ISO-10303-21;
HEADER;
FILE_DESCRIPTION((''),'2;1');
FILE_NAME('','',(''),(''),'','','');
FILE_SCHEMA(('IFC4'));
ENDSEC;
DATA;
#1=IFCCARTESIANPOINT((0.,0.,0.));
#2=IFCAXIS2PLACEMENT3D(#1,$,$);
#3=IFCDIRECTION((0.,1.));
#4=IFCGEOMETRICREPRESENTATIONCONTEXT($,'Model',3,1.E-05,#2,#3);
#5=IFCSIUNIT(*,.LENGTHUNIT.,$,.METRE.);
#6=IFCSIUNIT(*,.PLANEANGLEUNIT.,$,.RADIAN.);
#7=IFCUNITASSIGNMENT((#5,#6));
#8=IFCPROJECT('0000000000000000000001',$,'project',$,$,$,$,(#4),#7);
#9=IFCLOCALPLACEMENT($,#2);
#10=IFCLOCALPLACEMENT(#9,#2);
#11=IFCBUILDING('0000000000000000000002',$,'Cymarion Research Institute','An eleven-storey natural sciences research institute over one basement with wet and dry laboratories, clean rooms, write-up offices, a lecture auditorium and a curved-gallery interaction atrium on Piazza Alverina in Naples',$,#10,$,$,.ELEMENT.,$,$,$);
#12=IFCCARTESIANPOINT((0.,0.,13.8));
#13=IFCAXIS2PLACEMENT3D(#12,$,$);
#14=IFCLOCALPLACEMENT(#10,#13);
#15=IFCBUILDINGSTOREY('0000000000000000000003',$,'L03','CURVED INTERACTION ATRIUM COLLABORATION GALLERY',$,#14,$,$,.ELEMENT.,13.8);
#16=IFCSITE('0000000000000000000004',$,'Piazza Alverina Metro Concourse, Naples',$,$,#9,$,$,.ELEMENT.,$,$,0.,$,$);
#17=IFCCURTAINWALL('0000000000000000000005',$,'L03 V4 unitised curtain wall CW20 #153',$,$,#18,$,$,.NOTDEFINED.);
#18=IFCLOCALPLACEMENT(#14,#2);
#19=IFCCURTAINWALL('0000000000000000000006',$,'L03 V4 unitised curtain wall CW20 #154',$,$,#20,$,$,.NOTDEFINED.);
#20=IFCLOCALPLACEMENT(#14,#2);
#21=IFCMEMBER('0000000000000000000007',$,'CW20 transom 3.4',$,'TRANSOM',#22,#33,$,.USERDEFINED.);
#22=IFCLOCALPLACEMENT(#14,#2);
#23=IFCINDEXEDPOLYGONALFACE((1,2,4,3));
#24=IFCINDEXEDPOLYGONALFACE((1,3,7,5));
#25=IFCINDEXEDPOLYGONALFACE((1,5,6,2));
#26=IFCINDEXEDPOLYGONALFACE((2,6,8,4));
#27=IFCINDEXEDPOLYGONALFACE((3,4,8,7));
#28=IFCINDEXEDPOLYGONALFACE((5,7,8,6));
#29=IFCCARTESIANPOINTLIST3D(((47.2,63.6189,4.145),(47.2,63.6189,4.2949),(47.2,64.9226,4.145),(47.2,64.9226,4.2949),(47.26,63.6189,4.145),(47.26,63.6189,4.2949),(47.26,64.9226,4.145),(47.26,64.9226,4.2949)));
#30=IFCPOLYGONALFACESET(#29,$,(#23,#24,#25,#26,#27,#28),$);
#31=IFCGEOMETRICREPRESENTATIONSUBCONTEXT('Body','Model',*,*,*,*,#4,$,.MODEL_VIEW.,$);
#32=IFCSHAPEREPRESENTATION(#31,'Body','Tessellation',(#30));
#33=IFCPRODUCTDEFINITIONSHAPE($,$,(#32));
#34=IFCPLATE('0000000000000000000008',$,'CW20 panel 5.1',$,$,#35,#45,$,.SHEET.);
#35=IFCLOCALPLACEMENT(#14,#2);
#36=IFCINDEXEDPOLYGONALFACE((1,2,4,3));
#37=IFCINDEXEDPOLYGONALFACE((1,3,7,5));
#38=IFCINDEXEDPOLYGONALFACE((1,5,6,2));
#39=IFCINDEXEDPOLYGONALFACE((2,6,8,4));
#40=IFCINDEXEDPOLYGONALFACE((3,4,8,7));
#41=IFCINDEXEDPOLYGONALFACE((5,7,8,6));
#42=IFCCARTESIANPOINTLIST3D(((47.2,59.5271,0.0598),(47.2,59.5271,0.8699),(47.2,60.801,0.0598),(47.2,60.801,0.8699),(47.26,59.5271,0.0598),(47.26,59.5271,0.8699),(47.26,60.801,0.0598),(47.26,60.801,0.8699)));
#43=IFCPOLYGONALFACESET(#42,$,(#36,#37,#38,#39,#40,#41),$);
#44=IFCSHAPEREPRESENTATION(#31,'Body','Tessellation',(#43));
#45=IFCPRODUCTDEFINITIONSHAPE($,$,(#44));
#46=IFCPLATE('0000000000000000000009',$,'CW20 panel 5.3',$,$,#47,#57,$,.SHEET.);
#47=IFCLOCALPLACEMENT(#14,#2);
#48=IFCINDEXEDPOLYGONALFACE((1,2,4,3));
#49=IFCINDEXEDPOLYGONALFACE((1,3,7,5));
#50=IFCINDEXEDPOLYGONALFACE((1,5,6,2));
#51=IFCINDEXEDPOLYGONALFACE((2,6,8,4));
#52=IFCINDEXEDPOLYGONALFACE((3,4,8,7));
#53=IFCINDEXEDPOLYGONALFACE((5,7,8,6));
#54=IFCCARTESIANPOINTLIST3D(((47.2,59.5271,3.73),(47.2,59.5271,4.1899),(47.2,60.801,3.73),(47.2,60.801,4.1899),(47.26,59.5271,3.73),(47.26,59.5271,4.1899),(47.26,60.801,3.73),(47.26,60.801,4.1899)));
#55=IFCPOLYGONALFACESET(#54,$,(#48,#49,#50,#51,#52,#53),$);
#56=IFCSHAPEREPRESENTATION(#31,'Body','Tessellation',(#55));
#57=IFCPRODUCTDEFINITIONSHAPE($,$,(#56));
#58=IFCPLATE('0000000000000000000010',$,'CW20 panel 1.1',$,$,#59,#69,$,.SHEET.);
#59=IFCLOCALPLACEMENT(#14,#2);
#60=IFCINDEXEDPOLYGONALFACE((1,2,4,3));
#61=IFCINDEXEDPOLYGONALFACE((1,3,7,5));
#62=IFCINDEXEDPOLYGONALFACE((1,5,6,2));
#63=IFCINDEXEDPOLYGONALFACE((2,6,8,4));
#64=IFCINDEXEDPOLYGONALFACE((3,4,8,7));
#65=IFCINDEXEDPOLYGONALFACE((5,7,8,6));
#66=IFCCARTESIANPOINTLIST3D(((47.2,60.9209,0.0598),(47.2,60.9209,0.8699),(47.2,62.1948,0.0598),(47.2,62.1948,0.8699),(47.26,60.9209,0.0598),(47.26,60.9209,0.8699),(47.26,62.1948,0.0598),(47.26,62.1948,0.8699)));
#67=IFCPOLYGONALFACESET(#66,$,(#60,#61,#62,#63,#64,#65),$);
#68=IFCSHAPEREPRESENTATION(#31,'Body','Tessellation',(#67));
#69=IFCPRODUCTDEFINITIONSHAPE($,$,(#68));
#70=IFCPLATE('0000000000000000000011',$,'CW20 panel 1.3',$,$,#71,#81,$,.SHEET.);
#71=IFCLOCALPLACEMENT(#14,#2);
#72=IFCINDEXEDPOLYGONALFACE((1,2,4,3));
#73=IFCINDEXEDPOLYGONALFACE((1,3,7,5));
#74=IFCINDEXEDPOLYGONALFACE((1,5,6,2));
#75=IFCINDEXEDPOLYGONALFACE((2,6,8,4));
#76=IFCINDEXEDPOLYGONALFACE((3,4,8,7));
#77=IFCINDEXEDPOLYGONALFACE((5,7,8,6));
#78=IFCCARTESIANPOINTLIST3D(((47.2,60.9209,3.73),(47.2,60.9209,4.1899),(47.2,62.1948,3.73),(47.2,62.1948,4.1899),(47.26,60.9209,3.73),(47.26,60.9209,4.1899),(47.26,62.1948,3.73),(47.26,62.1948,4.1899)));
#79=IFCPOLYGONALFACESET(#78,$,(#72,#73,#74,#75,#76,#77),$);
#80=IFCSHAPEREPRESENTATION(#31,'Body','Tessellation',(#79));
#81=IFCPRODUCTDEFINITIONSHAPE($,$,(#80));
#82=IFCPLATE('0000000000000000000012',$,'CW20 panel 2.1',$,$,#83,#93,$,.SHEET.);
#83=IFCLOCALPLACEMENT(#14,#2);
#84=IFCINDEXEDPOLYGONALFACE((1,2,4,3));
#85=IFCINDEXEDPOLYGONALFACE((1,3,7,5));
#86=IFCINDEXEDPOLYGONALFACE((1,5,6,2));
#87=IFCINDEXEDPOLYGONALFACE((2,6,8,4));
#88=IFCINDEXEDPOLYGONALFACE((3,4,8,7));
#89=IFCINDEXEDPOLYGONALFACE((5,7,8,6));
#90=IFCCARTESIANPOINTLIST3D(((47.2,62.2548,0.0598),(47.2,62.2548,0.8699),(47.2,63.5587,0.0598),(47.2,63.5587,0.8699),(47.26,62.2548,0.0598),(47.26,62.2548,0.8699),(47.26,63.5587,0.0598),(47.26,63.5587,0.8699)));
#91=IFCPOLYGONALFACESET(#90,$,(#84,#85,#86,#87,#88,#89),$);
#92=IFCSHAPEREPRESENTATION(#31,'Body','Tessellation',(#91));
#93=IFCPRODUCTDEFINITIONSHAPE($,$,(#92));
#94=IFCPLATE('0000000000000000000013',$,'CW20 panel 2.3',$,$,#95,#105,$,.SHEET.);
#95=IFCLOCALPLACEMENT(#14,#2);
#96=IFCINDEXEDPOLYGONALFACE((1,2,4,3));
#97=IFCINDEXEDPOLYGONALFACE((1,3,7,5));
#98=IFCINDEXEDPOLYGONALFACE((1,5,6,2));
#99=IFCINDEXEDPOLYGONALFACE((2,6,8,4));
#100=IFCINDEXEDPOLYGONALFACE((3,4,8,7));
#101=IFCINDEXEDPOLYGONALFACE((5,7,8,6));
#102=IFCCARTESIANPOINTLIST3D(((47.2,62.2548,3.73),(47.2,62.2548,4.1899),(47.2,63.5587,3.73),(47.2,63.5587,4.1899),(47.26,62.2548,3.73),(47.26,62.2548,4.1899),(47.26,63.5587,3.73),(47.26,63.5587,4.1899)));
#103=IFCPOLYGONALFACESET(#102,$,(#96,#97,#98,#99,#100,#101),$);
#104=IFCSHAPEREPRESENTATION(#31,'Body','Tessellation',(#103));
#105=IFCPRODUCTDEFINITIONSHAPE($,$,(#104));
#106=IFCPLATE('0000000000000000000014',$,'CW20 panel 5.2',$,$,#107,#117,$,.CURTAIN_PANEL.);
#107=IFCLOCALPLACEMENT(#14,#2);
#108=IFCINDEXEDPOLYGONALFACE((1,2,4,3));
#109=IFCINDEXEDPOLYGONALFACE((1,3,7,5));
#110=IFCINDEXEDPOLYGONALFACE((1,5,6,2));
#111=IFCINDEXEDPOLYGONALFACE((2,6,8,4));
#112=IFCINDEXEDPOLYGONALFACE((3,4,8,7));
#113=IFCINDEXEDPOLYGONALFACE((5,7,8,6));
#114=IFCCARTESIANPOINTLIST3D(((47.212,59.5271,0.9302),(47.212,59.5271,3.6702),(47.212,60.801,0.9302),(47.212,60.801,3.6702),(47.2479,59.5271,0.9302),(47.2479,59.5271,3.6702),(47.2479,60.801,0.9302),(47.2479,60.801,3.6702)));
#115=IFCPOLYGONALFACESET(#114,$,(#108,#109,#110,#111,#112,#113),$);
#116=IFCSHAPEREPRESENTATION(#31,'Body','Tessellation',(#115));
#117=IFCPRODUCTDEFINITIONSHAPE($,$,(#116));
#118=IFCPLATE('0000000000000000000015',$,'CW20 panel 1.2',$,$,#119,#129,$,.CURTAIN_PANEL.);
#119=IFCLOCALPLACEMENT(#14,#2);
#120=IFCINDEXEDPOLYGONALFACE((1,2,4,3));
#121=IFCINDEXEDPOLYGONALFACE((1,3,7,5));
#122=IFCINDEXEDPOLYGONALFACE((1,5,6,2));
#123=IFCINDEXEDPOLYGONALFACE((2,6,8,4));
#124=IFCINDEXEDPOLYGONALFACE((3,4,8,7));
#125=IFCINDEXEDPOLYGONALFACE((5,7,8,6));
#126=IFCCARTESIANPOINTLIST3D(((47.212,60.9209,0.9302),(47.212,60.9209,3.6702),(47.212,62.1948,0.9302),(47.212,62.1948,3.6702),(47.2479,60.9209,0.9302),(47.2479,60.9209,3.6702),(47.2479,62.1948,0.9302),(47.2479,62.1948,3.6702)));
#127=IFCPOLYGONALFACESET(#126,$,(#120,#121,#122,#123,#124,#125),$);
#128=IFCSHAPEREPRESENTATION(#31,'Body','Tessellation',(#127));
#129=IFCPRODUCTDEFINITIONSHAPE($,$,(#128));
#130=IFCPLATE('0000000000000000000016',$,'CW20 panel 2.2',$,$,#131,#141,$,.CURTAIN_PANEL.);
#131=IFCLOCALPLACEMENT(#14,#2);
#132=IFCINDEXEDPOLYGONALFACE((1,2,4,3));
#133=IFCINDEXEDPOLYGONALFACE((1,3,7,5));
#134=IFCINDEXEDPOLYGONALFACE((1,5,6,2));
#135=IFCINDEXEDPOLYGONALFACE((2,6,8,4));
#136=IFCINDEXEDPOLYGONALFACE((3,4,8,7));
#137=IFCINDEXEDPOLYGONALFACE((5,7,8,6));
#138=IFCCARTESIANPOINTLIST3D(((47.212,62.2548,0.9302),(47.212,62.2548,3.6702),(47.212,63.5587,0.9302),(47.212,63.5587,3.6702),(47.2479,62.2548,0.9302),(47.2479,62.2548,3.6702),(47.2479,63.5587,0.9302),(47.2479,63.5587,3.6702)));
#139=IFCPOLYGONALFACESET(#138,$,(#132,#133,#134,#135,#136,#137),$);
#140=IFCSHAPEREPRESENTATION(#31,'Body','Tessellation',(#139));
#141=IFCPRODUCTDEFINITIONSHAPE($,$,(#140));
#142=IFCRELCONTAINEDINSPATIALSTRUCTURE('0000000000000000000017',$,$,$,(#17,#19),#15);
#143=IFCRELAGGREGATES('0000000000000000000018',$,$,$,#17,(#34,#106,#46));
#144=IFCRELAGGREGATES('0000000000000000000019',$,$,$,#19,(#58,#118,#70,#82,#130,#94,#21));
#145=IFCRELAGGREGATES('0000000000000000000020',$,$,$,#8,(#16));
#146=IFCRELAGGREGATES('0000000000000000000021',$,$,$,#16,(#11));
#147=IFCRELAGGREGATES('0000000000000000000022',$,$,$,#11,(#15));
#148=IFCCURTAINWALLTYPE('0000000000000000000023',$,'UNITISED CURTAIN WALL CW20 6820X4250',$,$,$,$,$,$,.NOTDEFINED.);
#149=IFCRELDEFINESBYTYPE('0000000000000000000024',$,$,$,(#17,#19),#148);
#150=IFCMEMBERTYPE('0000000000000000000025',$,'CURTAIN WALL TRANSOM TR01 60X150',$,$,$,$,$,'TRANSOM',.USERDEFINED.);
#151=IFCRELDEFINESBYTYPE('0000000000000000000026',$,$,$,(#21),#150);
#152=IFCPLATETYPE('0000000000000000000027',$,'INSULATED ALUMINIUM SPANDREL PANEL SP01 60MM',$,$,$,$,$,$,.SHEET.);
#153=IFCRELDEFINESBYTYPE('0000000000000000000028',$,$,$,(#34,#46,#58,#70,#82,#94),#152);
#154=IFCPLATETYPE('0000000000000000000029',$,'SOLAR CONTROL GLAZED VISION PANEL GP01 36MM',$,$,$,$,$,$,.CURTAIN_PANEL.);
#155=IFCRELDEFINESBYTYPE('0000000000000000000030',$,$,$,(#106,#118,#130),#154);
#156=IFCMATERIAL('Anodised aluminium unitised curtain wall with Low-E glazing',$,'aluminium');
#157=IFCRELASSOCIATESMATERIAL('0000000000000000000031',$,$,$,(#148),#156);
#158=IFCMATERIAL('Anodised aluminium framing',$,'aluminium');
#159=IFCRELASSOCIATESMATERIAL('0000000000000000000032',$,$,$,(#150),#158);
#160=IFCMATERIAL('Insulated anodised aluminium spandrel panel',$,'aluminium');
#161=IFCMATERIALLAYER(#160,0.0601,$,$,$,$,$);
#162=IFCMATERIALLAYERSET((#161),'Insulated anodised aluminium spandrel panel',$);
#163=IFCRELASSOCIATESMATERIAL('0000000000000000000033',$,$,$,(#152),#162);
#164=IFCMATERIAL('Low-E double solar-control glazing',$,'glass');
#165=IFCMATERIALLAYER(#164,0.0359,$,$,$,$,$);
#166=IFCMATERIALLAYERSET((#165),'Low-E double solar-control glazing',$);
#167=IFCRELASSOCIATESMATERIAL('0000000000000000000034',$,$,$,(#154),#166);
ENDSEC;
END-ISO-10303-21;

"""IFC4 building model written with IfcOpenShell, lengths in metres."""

from ifc_helpers import new_model, si_unit, direction, frame, origin, origin_2d, place, context, subcontext, project, spatial, rectangle, extrude, material, layer, layer_set, material_profile, profile_set, type_object, element, aggregate, save


model = new_model("IFC4")

# Units and contexts
model_context = context("Model", 3, precision=1e-05, world=origin(), true_north=direction((0.0, 1.0)))
body_context = subcontext(model_context, "Body", "Model", "MODEL_VIEW")
ifc_project = project(units=[si_unit("LENGTHUNIT", "METRE"), si_unit("PLANEANGLEUNIT", "RADIAN")], contexts=[model_context])

# Site, building, storey
site_placement = place(None, origin())
site = spatial("IfcSite", under=ifc_project, at=site_placement, Name="Piazza Alverina Metro Concourse, Naples", CompositionType="ELEMENT", RefElevation=0.0)
building_placement = place(site_placement, origin())
building = spatial("IfcBuilding", under=site, at=building_placement, Name="Cymarion Research Institute", Description="An eleven-storey natural sciences research institute over one basement with wet and dry laboratories, clean rooms, write-up offices, a lecture auditorium and a curved-gallery interaction atrium on Piazza Alverina in Naples", CompositionType="ELEMENT")
storey_placement = place(building_placement, frame((0.0, 0.0, 13.8)))
storey = spatial("IfcBuildingStorey", under=building, at=storey_placement, Name="L03", Description="CURVED INTERACTION ATRIUM COLLABORATION GALLERY", CompositionType="ELEMENT", Elevation=13.8)

# Curtain wall
ifc_material_1 = material(Name="Anodised aluminium unitised curtain wall with Low-E glazing", Category="aluminium")
curtain_wall_type = type_object("IfcCurtainWallType", Name="UNITISED CURTAIN WALL CW20 6820X4250", PredefinedType="NOTDEFINED", material=ifc_material_1)
curtain_wall_1_placement = place(storey_placement, origin())
curtain_wall_1 = element("IfcCurtainWall", 1, at=curtain_wall_1_placement, inside=storey, type_object=curtain_wall_type, Name="L03 V4 unitised curtain wall CW20 #153", PredefinedType="NOTDEFINED")
ifc_material_2 = material(Name="Anodised aluminium framing", Category="aluminium")

# Curtain wall, member
curtain_wall_2_placement = place(storey_placement, origin())
curtain_wall_2 = element("IfcCurtainWall", 2, at=curtain_wall_2_placement, inside=storey, type_object=curtain_wall_type, Name="L03 V4 unitised curtain wall CW20 #154", PredefinedType="NOTDEFINED")
ifc_material_profile_1 = material_profile(ifc_material_2, rectangle(XDim=0.0601, YDim=0.1499, at=origin_2d()), Name="ALU TRANSOM 60x150")
ifc_profile_set_1 = profile_set([ifc_material_profile_1], Name="Anodised aluminium framing")
member_type_1 = type_object("IfcMemberType", Name="CURTAIN WALL TRANSOM TR01 60X150", ElementType="TRANSOM", PredefinedType="USERDEFINED", material=ifc_profile_set_1)
member_1_placement = place(storey_placement, frame((47.23, 63.6189, 4.22), z_axis=(0.0, 1.0, 0.0), x_axis=(-1.0, 0.0, 0.0)))
member_1 = element("IfcMember", 3, at=member_1_placement, type_object=member_type_1, Name="CW20 transom 3.4", ObjectType="TRANSOM", PredefinedType="USERDEFINED", context=body_context, shape_type="SweptSolid", body=[
    extrude(rectangle(XDim=0.0601, YDim=0.1499, at=origin_2d()), origin(), (0.0, 0.0, 1.0), 1.3037),
])

# Plates
ifc_material_3 = material(Name="Insulated anodised aluminium spandrel panel", Category="aluminium")
ifc_layer_1 = layer(ifc_material_3, 0.0601)
ifc_layer_set_1 = layer_set([ifc_layer_1], Name="Insulated anodised aluminium spandrel panel")
plate_type_1 = type_object("IfcPlateType", Name="INSULATED ALUMINIUM SPANDREL PANEL SP01 60MM", PredefinedType="SHEET", material=ifc_layer_set_1)
plate_1_placement = place(storey_placement, frame((47.23, 60.1641, 0.0598), z_axis=(0.0, 0.0, 1.0), x_axis=(0.0, 1.0, 0.0)))
plate_1 = element("IfcPlate", 4, at=plate_1_placement, type_object=plate_type_1, Name="CW20 panel 5.1", PredefinedType="SHEET", context=body_context, shape_type="SweptSolid", body=[
    extrude(rectangle(XDim=1.2739, YDim=0.0601, at=origin_2d()), origin(), (0.0, 0.0, 1.0), 0.8101),
])
plate_2_placement = place(storey_placement, frame((47.23, 60.1641, 3.73), z_axis=(0.0, 0.0, 1.0), x_axis=(0.0, 1.0, 0.0)))
plate_2 = element("IfcPlate", 5, at=plate_2_placement, type_object=plate_type_1, Name="CW20 panel 5.3", PredefinedType="SHEET", context=body_context, shape_type="SweptSolid", body=[
    extrude(rectangle(XDim=1.2739, YDim=0.0601, at=origin_2d()), origin(), (0.0, 0.0, 1.0), 0.46),
])
plate_3_placement = place(storey_placement, frame((47.23, 61.5579, 0.0598), z_axis=(0.0, 0.0, 1.0), x_axis=(0.0, 1.0, 0.0)))
plate_3 = element("IfcPlate", 6, at=plate_3_placement, type_object=plate_type_1, Name="CW20 panel 1.1", PredefinedType="SHEET", context=body_context, shape_type="SweptSolid", body=[
    extrude(rectangle(XDim=1.2739, YDim=0.0601, at=origin_2d()), origin(), (0.0, 0.0, 1.0), 0.8101),
])
plate_4_placement = place(storey_placement, frame((47.23, 61.5579, 3.73), z_axis=(0.0, 0.0, 1.0), x_axis=(0.0, 1.0, 0.0)))
plate_4 = element("IfcPlate", 7, at=plate_4_placement, type_object=plate_type_1, Name="CW20 panel 1.3", PredefinedType="SHEET", context=body_context, shape_type="SweptSolid", body=[
    extrude(rectangle(XDim=1.2739, YDim=0.0601, at=origin_2d()), origin(), (0.0, 0.0, 1.0), 0.46),
])
plate_5_placement = place(storey_placement, frame((47.23, 62.9067, 0.0598), z_axis=(0.0, 0.0, 1.0), x_axis=(0.0, 1.0, 0.0)))
plate_5 = element("IfcPlate", 8, at=plate_5_placement, type_object=plate_type_1, Name="CW20 panel 2.1", PredefinedType="SHEET", context=body_context, shape_type="SweptSolid", body=[
    extrude(rectangle(XDim=1.304, YDim=0.0601, at=origin_2d()), origin(), (0.0, 0.0, 1.0), 0.8101),
])
plate_6_placement = place(storey_placement, frame((47.23, 62.9067, 3.73), z_axis=(0.0, 0.0, 1.0), x_axis=(0.0, 1.0, 0.0)))
plate_6 = element("IfcPlate", 9, at=plate_6_placement, type_object=plate_type_1, Name="CW20 panel 2.3", PredefinedType="SHEET", context=body_context, shape_type="SweptSolid", body=[
    extrude(rectangle(XDim=1.304, YDim=0.0601, at=origin_2d()), origin(), (0.0, 0.0, 1.0), 0.46),
])
ifc_material_4 = material(Name="Low-E double solar-control glazing", Category="glass")
ifc_layer_2 = layer(ifc_material_4, 0.0359)
ifc_layer_set_2 = layer_set([ifc_layer_2], Name="Low-E double solar-control glazing")
plate_type_2 = type_object("IfcPlateType", Name="SOLAR CONTROL GLAZED VISION PANEL GP01 36MM", PredefinedType="CURTAIN_PANEL", material=ifc_layer_set_2)
plate_7_placement = place(storey_placement, frame((47.23, 60.1641, 0.9302), z_axis=(0.0, 0.0, 1.0), x_axis=(0.0, 1.0, 0.0)))
plate_7 = element("IfcPlate", 10, at=plate_7_placement, type_object=plate_type_2, Name="CW20 panel 5.2", PredefinedType="CURTAIN_PANEL", context=body_context, shape_type="SweptSolid", body=[
    extrude(rectangle(XDim=1.2739, YDim=0.0359, at=origin_2d()), origin(), (0.0, 0.0, 1.0), 2.74),
])
aggregate(curtain_wall_1, [plate_1, plate_7, plate_2])
plate_8_placement = place(storey_placement, frame((47.23, 61.5579, 0.9302), z_axis=(0.0, 0.0, 1.0), x_axis=(0.0, 1.0, 0.0)))
plate_8 = element("IfcPlate", 11, at=plate_8_placement, type_object=plate_type_2, Name="CW20 panel 1.2", PredefinedType="CURTAIN_PANEL", context=body_context, shape_type="SweptSolid", body=[
    extrude(rectangle(XDim=1.2739, YDim=0.0359, at=origin_2d()), origin(), (0.0, 0.0, 1.0), 2.74),
])
plate_9_placement = place(storey_placement, frame((47.23, 62.9067, 0.9302), z_axis=(0.0, 0.0, 1.0), x_axis=(0.0, 1.0, 0.0)))
plate_9 = element("IfcPlate", 12, at=plate_9_placement, type_object=plate_type_2, Name="CW20 panel 2.2", PredefinedType="CURTAIN_PANEL", context=body_context, shape_type="SweptSolid", body=[
    extrude(rectangle(XDim=1.304, YDim=0.0359, at=origin_2d()), origin(), (0.0, 0.0, 1.0), 2.74),
])
aggregate(curtain_wall_2, [plate_3, plate_8, plate_4, plate_5, plate_9, plate_6, member_1])

save(model, "model.ifc")
